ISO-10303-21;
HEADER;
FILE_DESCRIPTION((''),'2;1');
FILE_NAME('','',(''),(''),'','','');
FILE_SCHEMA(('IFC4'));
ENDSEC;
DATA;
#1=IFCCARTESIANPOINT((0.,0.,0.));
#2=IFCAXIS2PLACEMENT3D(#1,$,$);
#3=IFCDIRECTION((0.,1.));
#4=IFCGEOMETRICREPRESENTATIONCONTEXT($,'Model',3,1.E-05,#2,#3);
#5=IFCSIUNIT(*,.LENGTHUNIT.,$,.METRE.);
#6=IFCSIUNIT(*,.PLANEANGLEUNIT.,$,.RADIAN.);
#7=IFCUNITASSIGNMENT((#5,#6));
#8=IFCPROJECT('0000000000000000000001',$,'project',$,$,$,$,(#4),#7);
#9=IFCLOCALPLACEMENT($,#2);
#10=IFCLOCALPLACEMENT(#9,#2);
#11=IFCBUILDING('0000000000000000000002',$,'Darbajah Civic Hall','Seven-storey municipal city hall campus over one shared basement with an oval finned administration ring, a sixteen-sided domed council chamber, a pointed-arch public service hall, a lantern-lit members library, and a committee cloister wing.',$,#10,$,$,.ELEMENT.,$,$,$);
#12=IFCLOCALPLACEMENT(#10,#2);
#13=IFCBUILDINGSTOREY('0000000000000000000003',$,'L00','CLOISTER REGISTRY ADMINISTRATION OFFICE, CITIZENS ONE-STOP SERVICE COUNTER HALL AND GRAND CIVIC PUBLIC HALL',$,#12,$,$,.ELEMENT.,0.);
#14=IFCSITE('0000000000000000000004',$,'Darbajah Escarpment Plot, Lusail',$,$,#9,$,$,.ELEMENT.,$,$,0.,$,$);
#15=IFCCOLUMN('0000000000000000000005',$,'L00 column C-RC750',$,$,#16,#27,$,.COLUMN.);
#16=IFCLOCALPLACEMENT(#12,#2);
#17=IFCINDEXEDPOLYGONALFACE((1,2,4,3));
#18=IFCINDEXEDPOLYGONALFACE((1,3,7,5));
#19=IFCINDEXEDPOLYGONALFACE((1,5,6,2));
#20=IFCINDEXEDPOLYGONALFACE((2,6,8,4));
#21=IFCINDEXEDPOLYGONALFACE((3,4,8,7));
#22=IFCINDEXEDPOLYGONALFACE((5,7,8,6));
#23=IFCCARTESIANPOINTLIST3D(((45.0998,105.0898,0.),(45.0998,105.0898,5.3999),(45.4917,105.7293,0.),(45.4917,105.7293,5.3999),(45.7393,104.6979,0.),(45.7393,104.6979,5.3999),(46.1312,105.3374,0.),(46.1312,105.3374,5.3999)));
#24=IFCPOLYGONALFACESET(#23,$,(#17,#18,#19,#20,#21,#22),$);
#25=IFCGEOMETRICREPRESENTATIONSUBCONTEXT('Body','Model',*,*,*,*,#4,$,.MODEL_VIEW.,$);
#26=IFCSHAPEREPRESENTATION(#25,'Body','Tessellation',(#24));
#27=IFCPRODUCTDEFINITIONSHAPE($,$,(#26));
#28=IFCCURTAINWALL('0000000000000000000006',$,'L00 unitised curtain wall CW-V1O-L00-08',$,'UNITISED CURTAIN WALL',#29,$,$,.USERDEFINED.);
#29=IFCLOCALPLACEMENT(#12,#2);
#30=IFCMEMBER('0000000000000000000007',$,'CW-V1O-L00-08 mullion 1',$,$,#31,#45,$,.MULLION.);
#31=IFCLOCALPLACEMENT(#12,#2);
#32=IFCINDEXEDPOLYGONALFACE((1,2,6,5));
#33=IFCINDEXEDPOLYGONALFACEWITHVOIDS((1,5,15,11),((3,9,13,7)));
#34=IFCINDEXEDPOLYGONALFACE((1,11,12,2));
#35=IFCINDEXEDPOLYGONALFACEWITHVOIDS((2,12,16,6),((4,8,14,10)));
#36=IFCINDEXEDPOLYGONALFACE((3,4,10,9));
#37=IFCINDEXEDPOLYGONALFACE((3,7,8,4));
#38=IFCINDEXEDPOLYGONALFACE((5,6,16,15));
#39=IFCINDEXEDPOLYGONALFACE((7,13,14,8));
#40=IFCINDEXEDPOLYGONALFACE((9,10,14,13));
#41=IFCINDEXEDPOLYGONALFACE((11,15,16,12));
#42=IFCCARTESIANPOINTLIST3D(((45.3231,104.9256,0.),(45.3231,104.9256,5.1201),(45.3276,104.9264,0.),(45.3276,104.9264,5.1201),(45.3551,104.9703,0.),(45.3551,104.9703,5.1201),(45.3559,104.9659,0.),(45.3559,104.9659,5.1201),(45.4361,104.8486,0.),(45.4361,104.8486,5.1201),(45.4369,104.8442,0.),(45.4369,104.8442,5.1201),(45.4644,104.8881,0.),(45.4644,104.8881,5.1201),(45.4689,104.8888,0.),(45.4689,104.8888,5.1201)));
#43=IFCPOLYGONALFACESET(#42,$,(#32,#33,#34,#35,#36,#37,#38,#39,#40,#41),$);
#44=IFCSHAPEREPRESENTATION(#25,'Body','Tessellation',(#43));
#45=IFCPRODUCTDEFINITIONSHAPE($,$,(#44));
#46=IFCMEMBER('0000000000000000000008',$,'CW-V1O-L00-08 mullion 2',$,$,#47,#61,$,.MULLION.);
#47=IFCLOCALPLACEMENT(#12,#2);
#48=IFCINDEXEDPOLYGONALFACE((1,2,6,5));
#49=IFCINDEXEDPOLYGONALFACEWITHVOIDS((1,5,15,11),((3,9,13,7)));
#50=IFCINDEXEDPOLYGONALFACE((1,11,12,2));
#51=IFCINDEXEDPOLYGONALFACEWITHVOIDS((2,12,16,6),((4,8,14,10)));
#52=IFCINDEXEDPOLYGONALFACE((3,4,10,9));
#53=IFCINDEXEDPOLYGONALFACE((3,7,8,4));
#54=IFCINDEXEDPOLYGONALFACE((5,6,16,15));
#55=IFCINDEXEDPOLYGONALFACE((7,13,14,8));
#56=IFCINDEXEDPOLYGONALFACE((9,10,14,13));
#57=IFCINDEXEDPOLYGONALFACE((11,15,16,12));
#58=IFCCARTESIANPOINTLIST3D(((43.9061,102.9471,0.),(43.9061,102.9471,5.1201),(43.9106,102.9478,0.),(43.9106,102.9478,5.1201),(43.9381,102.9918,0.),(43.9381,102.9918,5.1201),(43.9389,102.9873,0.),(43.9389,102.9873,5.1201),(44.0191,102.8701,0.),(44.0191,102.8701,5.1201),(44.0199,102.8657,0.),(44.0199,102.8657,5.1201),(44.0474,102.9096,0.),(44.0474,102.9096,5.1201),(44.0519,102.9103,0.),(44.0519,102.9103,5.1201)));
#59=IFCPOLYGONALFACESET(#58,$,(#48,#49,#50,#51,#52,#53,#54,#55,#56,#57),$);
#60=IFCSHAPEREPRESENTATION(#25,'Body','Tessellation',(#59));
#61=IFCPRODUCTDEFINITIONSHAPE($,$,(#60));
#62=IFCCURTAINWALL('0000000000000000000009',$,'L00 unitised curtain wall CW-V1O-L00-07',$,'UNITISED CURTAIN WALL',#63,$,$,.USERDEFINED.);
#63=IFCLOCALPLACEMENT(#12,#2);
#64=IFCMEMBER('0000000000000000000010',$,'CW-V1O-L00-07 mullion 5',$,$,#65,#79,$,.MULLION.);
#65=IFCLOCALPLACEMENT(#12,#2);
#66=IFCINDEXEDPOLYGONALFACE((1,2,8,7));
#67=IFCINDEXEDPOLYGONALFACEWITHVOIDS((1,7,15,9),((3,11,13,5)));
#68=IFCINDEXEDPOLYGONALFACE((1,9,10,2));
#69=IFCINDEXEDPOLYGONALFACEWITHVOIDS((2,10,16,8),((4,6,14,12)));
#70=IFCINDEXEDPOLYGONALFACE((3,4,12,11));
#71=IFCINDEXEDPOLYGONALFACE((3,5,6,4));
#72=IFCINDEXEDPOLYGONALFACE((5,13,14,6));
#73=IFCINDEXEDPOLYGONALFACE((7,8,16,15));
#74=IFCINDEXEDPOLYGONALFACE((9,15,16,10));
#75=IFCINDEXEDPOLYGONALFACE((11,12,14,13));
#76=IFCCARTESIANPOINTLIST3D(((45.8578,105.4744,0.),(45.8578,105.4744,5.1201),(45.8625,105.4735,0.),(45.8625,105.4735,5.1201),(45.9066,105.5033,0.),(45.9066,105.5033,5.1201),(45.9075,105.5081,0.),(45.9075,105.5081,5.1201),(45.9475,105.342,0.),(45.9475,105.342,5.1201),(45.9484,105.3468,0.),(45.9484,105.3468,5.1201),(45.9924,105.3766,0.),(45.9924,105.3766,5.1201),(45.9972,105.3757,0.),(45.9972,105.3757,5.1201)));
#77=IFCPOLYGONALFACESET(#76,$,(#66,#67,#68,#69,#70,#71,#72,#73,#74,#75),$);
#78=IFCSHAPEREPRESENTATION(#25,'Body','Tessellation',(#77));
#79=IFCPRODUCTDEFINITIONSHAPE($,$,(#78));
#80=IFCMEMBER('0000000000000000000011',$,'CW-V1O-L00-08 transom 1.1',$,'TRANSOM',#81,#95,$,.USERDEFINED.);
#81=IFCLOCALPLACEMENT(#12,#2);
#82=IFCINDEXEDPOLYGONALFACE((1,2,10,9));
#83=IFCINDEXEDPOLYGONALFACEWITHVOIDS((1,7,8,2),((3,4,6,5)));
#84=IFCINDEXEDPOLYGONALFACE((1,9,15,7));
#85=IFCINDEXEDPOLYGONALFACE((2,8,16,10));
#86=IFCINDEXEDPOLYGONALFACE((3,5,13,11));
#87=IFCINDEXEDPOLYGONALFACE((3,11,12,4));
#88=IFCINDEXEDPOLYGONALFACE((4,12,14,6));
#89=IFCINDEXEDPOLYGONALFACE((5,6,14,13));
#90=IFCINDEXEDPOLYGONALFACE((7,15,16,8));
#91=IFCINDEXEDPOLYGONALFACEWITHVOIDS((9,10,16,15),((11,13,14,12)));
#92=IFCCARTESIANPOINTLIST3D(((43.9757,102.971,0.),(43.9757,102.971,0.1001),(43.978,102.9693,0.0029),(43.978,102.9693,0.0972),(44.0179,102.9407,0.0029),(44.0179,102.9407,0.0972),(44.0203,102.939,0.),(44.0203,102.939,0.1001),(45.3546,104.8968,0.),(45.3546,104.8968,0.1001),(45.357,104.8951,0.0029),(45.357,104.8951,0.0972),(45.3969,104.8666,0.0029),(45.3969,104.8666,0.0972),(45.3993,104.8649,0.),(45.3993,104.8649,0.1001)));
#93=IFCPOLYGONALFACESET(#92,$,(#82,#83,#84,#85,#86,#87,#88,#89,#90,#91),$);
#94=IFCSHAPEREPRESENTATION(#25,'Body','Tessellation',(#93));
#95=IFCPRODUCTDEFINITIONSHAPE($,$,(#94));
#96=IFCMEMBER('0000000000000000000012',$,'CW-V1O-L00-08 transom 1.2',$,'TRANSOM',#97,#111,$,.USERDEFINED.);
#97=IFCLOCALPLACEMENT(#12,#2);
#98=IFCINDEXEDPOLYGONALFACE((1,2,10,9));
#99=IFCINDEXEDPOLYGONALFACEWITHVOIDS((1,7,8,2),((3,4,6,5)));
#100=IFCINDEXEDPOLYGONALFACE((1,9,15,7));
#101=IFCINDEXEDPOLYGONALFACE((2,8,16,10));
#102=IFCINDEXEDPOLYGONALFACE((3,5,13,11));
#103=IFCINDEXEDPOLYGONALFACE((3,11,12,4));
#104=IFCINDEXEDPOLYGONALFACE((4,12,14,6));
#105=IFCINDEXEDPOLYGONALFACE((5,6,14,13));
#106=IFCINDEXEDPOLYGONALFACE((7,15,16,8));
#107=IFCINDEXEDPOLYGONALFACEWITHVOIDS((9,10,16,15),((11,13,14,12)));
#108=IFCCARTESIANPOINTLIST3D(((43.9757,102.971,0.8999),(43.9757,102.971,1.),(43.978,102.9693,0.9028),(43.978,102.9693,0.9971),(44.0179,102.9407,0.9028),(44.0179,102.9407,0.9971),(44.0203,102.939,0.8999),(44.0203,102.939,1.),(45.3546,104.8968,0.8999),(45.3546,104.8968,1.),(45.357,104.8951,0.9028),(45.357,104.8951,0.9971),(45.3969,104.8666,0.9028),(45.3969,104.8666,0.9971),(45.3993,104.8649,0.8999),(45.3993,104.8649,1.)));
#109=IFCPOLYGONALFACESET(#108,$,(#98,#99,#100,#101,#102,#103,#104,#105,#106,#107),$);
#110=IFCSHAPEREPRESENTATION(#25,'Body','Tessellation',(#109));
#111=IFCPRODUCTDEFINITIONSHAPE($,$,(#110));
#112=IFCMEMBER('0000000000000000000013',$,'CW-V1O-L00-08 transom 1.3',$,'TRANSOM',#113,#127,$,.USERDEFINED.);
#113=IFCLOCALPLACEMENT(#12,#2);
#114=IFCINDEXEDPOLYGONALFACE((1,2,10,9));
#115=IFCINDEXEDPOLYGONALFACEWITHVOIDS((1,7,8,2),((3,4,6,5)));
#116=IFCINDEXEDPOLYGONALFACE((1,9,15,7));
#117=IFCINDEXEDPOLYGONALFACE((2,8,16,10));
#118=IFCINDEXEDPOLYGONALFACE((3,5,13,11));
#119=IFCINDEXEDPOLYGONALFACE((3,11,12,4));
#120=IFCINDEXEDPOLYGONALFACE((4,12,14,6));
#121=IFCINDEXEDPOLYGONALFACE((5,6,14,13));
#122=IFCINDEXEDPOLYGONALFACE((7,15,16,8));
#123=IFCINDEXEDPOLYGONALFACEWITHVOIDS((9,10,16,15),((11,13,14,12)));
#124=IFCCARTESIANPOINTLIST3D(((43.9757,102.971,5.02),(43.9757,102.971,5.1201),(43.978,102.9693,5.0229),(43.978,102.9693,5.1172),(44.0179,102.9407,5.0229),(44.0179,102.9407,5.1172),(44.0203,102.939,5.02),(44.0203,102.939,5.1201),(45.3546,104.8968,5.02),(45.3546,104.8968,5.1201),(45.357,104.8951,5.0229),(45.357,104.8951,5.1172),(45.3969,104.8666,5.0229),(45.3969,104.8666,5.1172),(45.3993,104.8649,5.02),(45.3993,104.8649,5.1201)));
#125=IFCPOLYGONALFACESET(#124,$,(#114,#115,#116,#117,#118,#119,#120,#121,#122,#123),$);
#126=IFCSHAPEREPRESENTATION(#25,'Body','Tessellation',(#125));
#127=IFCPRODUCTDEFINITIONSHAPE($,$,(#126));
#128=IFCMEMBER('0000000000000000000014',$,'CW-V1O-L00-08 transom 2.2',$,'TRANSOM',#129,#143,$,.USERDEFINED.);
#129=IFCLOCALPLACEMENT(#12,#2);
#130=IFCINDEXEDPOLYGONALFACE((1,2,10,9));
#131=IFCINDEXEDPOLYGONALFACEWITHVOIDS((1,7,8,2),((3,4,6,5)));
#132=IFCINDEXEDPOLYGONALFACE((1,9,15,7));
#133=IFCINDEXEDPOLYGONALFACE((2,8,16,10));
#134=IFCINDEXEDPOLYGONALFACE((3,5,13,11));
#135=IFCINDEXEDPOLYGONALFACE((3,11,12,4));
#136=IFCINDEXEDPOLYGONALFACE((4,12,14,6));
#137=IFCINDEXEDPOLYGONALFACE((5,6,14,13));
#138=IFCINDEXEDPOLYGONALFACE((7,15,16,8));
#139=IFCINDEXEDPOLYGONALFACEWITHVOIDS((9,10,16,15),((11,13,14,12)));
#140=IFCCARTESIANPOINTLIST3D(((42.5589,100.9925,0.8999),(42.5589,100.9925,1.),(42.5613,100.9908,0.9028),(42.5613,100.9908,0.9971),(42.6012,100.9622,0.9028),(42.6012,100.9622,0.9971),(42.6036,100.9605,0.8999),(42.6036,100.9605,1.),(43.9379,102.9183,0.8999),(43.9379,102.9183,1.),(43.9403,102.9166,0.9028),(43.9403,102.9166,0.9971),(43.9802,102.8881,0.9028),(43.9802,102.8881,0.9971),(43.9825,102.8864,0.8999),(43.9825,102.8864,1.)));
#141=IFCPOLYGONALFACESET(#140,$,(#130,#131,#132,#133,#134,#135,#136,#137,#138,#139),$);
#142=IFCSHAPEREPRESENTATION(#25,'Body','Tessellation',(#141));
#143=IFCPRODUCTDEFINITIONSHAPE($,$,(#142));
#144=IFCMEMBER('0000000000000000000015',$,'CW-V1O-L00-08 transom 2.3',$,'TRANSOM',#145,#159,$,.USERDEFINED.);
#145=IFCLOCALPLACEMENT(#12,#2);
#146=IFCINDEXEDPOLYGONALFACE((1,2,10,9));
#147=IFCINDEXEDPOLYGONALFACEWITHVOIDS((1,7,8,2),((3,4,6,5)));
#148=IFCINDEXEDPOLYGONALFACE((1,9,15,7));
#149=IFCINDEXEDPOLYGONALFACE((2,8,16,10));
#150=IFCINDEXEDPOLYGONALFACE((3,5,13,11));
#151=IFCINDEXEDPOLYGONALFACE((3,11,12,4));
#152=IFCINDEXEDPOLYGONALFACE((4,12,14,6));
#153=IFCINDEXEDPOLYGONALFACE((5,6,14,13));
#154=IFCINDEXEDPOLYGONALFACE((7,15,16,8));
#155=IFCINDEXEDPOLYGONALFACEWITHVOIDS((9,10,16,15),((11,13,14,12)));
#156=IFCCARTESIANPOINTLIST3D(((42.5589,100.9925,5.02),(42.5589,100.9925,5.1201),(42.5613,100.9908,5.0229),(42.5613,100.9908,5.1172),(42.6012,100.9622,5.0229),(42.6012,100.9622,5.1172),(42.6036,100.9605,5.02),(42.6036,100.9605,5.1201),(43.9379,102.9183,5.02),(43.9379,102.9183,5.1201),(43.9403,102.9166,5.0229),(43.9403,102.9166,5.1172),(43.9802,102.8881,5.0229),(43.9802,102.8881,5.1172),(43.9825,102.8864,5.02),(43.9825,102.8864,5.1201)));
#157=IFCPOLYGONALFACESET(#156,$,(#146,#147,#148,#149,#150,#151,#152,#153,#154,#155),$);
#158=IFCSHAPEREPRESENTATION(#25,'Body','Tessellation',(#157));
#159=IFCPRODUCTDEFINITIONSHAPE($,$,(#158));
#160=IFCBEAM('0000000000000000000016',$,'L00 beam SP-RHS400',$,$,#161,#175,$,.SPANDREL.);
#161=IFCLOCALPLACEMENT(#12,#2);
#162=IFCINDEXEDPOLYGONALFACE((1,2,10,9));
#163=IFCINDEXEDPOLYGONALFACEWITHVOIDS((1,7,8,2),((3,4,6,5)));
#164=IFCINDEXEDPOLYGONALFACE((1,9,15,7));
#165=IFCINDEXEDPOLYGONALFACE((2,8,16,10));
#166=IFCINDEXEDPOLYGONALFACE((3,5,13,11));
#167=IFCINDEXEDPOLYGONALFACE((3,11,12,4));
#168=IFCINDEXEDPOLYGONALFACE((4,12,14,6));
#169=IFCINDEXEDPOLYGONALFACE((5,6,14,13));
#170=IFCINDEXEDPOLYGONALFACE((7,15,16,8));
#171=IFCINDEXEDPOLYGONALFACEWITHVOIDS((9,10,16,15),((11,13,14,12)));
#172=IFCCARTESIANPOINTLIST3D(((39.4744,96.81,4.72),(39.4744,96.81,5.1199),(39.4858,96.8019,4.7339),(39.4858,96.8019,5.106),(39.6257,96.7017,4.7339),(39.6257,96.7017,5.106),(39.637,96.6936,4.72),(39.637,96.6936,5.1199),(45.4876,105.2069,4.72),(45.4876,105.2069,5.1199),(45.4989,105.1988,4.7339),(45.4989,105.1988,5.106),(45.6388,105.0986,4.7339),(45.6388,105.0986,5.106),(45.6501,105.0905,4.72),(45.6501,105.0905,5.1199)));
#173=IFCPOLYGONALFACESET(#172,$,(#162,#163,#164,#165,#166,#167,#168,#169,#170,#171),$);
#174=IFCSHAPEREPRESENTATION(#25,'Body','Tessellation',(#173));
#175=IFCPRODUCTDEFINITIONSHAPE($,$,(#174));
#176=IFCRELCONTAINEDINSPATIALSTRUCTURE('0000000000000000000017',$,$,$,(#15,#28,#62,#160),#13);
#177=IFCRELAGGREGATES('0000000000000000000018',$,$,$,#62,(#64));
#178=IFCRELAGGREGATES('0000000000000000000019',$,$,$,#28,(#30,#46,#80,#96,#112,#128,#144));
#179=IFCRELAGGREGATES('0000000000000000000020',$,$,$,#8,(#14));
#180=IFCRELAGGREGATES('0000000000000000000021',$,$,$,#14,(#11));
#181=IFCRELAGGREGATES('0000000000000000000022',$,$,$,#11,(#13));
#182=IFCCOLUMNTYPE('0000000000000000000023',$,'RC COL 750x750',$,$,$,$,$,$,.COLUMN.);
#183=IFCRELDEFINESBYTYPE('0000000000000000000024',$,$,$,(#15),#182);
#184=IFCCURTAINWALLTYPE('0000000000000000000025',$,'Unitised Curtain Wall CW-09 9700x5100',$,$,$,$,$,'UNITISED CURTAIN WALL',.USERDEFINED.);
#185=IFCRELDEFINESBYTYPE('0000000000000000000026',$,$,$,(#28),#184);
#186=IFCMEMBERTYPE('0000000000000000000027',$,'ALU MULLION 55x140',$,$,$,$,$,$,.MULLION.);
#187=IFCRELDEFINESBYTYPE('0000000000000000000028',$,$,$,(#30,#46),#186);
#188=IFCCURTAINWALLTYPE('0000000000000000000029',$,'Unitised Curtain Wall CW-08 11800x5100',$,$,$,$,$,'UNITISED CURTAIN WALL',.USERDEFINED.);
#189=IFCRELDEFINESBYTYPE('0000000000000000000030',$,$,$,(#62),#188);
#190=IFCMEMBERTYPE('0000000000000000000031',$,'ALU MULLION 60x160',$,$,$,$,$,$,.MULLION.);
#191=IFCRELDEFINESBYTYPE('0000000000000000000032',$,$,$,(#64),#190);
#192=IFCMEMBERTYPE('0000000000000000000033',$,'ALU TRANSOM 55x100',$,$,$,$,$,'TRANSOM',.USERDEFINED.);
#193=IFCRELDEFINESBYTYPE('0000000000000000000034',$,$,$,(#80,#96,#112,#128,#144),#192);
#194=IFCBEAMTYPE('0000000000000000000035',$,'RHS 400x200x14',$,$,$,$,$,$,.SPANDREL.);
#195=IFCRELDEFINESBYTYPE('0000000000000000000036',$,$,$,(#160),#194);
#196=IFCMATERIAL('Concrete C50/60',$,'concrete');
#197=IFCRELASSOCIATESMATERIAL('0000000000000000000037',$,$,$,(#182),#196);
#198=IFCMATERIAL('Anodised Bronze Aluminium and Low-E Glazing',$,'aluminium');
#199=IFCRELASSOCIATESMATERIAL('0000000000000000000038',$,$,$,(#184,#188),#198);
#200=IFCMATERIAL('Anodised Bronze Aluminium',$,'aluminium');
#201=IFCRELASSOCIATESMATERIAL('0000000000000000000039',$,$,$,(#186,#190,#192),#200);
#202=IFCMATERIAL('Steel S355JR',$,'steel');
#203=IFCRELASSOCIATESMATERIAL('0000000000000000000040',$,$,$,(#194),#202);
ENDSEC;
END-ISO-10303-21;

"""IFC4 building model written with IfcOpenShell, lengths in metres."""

from ifc_helpers import new_model, si_unit, direction, frame, origin, origin_2d, place, context, subcontext, project, spatial, rectangle, hollow_rectangle, extrude, material, material_profile, profile_set, type_object, element, aggregate, save


model = new_model("IFC4")

# Units and contexts
model_context = context("Model", 3, precision=1e-05, world=origin(), true_north=direction((0.0, 1.0)))
body_context = subcontext(model_context, "Body", "Model", "MODEL_VIEW")
ifc_project = project(units=[si_unit("LENGTHUNIT", "METRE"), si_unit("PLANEANGLEUNIT", "RADIAN")], contexts=[model_context])

# Site, building, storey
site_placement = place(None, origin())
site = spatial("IfcSite", under=ifc_project, at=site_placement, Name="Darbajah Escarpment Plot, Lusail", CompositionType="ELEMENT", RefElevation=0.0)
building_placement = place(site_placement, origin())
building = spatial("IfcBuilding", under=site, at=building_placement, Name="Darbajah Civic Hall", Description="Seven-storey municipal city hall campus over one shared basement with an oval finned administration ring, a sixteen-sided domed council chamber, a pointed-arch public service hall, a lantern-lit members library, and a committee cloister wing.", CompositionType="ELEMENT")
storey_placement = place(building_placement, origin())
storey = spatial("IfcBuildingStorey", under=building, at=storey_placement, Name="L00", Description="CLOISTER REGISTRY ADMINISTRATION OFFICE, CITIZENS ONE-STOP SERVICE COUNTER HALL AND GRAND CIVIC PUBLIC HALL", CompositionType="ELEMENT", Elevation=0.0)

# Column
ifc_material_1 = material(Name="Concrete C50/60", Category="concrete")
ifc_material_profile_1 = material_profile(ifc_material_1, rectangle(XDim=0.75, YDim=0.75, at=origin_2d()), Name="RC COL 750x750")
ifc_profile_set_1 = profile_set([ifc_material_profile_1], Name="Concrete C50/60")
column_type = type_object("IfcColumnType", Name="RC COL 750x750", PredefinedType="COLUMN", material=ifc_profile_set_1)
column_placement = place(storey_placement, frame((45.6155, 105.2136, 0.0), z_axis=(0.0, 0.0, 1.0), x_axis=(-0.85264, 0.522499, 0.0)))
element("IfcColumn", 1, at=column_placement, inside=storey, type_object=column_type, Name="L00 column C-RC750", PredefinedType="COLUMN", context=body_context, shape_type="SweptSolid", body=[
    extrude(rectangle(XDim=0.75, YDim=0.75, at=origin_2d()), origin(), (0.0, 0.0, 1.0), 5.3999),
])

# Curtain wall, members
ifc_material_2 = material(Name="Anodised Bronze Aluminium and Low-E Glazing", Category="aluminium")
curtain_wall_type_1 = type_object("IfcCurtainWallType", Name="Unitised Curtain Wall CW-09 9700x5100", ElementType="UNITISED CURTAIN WALL", PredefinedType="USERDEFINED", material=ifc_material_2)
curtain_wall_1_placement = place(storey_placement, origin())
curtain_wall_1 = element("IfcCurtainWall", 2, at=curtain_wall_1_placement, inside=storey, type_object=curtain_wall_type_1, Name="L00 unitised curtain wall CW-V1O-L00-08", ObjectType="UNITISED CURTAIN WALL", PredefinedType="USERDEFINED")
ifc_material_3 = material(Name="Anodised Bronze Aluminium", Category="aluminium")
ifc_material_profile_2 = material_profile(ifc_material_3, hollow_rectangle(XDim=0.0549, YDim=0.1399, WallThickness=0.0032, at=origin_2d()), Name="ALU MULLION 55x140")
ifc_profile_set_2 = profile_set([ifc_material_profile_2], Name="Anodised Bronze Aluminium")
member_type_1 = type_object("IfcMemberType", Name="ALU MULLION 55x140", PredefinedType="MULLION", material=ifc_profile_set_2)
member_1_placement = place(storey_placement, frame((45.396, 104.9072, 0.0), z_axis=(0.0, 0.0, 1.0), x_axis=(-0.582265, -0.812999, 0.0)))
member_1 = element("IfcMember", 3, at=member_1_placement, type_object=member_type_1, Name="CW-V1O-L00-08 mullion 1", PredefinedType="MULLION", context=body_context, shape_type="SweptSolid", body=[
    extrude(hollow_rectangle(XDim=0.0549, YDim=0.1399, WallThickness=0.0032, at=origin_2d()), origin(), (0.0, 0.0, 1.0), 5.1201),
])
member_2_placement = place(storey_placement, frame((43.979, 102.9287, 0.0), z_axis=(0.0, 0.0, 1.0), x_axis=(-0.582265, -0.812999, 0.0)))
member_2 = element("IfcMember", 4, at=member_2_placement, type_object=member_type_1, Name="CW-V1O-L00-08 mullion 2", PredefinedType="MULLION", context=body_context, shape_type="SweptSolid", body=[
    extrude(hollow_rectangle(XDim=0.0549, YDim=0.1399, WallThickness=0.0032, at=origin_2d()), origin(), (0.0, 0.0, 1.0), 5.1201),
])

# Curtain wall, member
curtain_wall_type_2 = type_object("IfcCurtainWallType", Name="Unitised Curtain Wall CW-08 11800x5100", ElementType="UNITISED CURTAIN WALL", PredefinedType="USERDEFINED", material=ifc_material_2)
curtain_wall_2_placement = place(storey_placement, origin())
curtain_wall_2 = element("IfcCurtainWall", 5, at=curtain_wall_2_placement, inside=storey, type_object=curtain_wall_type_2, Name="L00 unitised curtain wall CW-V1O-L00-07", ObjectType="UNITISED CURTAIN WALL", PredefinedType="USERDEFINED")
ifc_material_profile_3 = material_profile(ifc_material_3, hollow_rectangle(XDim=0.0601, YDim=0.1599, WallThickness=0.0034, at=origin_2d()), Name="ALU MULLION 60x160")
ifc_profile_set_3 = profile_set([ifc_material_profile_3], Name="Anodised Bronze Aluminium")
member_type_2 = type_object("IfcMemberType", Name="ALU MULLION 60x160", PredefinedType="MULLION", material=ifc_profile_set_3)
member_3_placement = place(storey_placement, frame((45.9275, 105.425, 0.0), z_axis=(0.0, 0.0, 1.0), x_axis=(-0.827962, -0.560784, 0.0)))
member_3 = element("IfcMember", 6, at=member_3_placement, type_object=member_type_2, Name="CW-V1O-L00-07 mullion 5", PredefinedType="MULLION", context=body_context, shape_type="SweptSolid", body=[
    extrude(hollow_rectangle(XDim=0.0601, YDim=0.1599, WallThickness=0.0034, at=origin_2d()), origin(), (0.0, 0.0, 1.0), 5.1201),
])
aggregate(curtain_wall_2, [member_3])

# Members
ifc_material_profile_4 = material_profile(ifc_material_3, hollow_rectangle(XDim=0.0549, YDim=0.1001, WallThickness=0.0029, at=origin_2d()), Name="ALU TRANSOM 55x100")
ifc_profile_set_4 = profile_set([ifc_material_profile_4], Name="Anodised Bronze Aluminium")
member_type_3 = type_object("IfcMemberType", Name="ALU TRANSOM 55x100", ElementType="TRANSOM", PredefinedType="USERDEFINED", material=ifc_profile_set_4)
member_4_placement = place(storey_placement, frame((45.377, 104.8809, 0.05), z_axis=(-0.582174, -0.813064, 0.0), x_axis=(0.813064, -0.582174, 0.0)))
member_4 = element("IfcMember", 7, at=member_4_placement, type_object=member_type_3, Name="CW-V1O-L00-08 transom 1.1", ObjectType="TRANSOM", PredefinedType="USERDEFINED", context=body_context, shape_type="SweptSolid", body=[
    extrude(hollow_rectangle(XDim=0.0549, YDim=0.1001, WallThickness=0.0029, at=origin_2d()), origin(), (0.0, 0.0, 1.0), 2.3687),
])
member_5_placement = place(storey_placement, frame((45.377, 104.8809, 0.95), z_axis=(-0.582174, -0.813064, 0.0), x_axis=(0.813064, -0.582174, 0.0)))
member_5 = element("IfcMember", 8, at=member_5_placement, type_object=member_type_3, Name="CW-V1O-L00-08 transom 1.2", ObjectType="TRANSOM", PredefinedType="USERDEFINED", context=body_context, shape_type="SweptSolid", body=[
    extrude(hollow_rectangle(XDim=0.0549, YDim=0.1001, WallThickness=0.0029, at=origin_2d()), origin(), (0.0, 0.0, 1.0), 2.3687),
])
member_6_placement = place(storey_placement, frame((45.377, 104.8809, 5.0701), z_axis=(-0.582174, -0.813064, 0.0), x_axis=(0.813064, -0.582174, 0.0)))
member_6 = element("IfcMember", 9, at=member_6_placement, type_object=member_type_3, Name="CW-V1O-L00-08 transom 1.3", ObjectType="TRANSOM", PredefinedType="USERDEFINED", context=body_context, shape_type="SweptSolid", body=[
    extrude(hollow_rectangle(XDim=0.0549, YDim=0.1001, WallThickness=0.0029, at=origin_2d()), origin(), (0.0, 0.0, 1.0), 2.3687),
])
member_7_placement = place(storey_placement, frame((43.9602, 102.9023, 0.95), z_axis=(-0.582174, -0.813064, 0.0), x_axis=(0.813064, -0.582174, 0.0)))
member_7 = element("IfcMember", 10, at=member_7_placement, type_object=member_type_3, Name="CW-V1O-L00-08 transom 2.2", ObjectType="TRANSOM", PredefinedType="USERDEFINED", context=body_context, shape_type="SweptSolid", body=[
    extrude(hollow_rectangle(XDim=0.0549, YDim=0.1001, WallThickness=0.0029, at=origin_2d()), origin(), (0.0, 0.0, 1.0), 2.3687),
])
member_8_placement = place(storey_placement, frame((43.9602, 102.9023, 5.0701), z_axis=(-0.582174, -0.813064, 0.0), x_axis=(0.813064, -0.582174, 0.0)))
member_8 = element("IfcMember", 11, at=member_8_placement, type_object=member_type_3, Name="CW-V1O-L00-08 transom 2.3", ObjectType="TRANSOM", PredefinedType="USERDEFINED", context=body_context, shape_type="SweptSolid", body=[
    extrude(hollow_rectangle(XDim=0.0549, YDim=0.1001, WallThickness=0.0029, at=origin_2d()), origin(), (0.0, 0.0, 1.0), 2.3687),
])

# Beam
ifc_material_4 = material(Name="Steel S355JR", Category="steel")
ifc_material_profile_5 = material_profile(ifc_material_4, hollow_rectangle(XDim=0.2, YDim=0.3999, WallThickness=0.0139, at=origin_2d()), Name="RHS 400x200x14")
ifc_profile_set_5 = profile_set([ifc_material_profile_5], Name="Steel S355JR")
beam_type_1 = type_object("IfcBeamType", Name="RHS 400x200x14", PredefinedType="SPANDREL", material=ifc_profile_set_5)
beam_1_placement = place(storey_placement, frame((45.5688, 105.1487, 4.9199), z_axis=(-0.582222, -0.81303, 0.0), x_axis=(0.81303, -0.582222, 0.0)))
element("IfcBeam", 12, at=beam_1_placement, inside=storey, type_object=beam_type_1, Name="L00 beam SP-RHS400", PredefinedType="SPANDREL", context=body_context, shape_type="SweptSolid", body=[
    extrude(hollow_rectangle(XDim=0.2, YDim=0.3999, WallThickness=0.0139, at=origin_2d()), origin(), (0.0, 0.0, 1.0), 10.3279),
])

aggregate(curtain_wall_1, [member_1, member_2, member_4, member_5, member_6, member_7, member_8])

save(model, "model.ifc")
